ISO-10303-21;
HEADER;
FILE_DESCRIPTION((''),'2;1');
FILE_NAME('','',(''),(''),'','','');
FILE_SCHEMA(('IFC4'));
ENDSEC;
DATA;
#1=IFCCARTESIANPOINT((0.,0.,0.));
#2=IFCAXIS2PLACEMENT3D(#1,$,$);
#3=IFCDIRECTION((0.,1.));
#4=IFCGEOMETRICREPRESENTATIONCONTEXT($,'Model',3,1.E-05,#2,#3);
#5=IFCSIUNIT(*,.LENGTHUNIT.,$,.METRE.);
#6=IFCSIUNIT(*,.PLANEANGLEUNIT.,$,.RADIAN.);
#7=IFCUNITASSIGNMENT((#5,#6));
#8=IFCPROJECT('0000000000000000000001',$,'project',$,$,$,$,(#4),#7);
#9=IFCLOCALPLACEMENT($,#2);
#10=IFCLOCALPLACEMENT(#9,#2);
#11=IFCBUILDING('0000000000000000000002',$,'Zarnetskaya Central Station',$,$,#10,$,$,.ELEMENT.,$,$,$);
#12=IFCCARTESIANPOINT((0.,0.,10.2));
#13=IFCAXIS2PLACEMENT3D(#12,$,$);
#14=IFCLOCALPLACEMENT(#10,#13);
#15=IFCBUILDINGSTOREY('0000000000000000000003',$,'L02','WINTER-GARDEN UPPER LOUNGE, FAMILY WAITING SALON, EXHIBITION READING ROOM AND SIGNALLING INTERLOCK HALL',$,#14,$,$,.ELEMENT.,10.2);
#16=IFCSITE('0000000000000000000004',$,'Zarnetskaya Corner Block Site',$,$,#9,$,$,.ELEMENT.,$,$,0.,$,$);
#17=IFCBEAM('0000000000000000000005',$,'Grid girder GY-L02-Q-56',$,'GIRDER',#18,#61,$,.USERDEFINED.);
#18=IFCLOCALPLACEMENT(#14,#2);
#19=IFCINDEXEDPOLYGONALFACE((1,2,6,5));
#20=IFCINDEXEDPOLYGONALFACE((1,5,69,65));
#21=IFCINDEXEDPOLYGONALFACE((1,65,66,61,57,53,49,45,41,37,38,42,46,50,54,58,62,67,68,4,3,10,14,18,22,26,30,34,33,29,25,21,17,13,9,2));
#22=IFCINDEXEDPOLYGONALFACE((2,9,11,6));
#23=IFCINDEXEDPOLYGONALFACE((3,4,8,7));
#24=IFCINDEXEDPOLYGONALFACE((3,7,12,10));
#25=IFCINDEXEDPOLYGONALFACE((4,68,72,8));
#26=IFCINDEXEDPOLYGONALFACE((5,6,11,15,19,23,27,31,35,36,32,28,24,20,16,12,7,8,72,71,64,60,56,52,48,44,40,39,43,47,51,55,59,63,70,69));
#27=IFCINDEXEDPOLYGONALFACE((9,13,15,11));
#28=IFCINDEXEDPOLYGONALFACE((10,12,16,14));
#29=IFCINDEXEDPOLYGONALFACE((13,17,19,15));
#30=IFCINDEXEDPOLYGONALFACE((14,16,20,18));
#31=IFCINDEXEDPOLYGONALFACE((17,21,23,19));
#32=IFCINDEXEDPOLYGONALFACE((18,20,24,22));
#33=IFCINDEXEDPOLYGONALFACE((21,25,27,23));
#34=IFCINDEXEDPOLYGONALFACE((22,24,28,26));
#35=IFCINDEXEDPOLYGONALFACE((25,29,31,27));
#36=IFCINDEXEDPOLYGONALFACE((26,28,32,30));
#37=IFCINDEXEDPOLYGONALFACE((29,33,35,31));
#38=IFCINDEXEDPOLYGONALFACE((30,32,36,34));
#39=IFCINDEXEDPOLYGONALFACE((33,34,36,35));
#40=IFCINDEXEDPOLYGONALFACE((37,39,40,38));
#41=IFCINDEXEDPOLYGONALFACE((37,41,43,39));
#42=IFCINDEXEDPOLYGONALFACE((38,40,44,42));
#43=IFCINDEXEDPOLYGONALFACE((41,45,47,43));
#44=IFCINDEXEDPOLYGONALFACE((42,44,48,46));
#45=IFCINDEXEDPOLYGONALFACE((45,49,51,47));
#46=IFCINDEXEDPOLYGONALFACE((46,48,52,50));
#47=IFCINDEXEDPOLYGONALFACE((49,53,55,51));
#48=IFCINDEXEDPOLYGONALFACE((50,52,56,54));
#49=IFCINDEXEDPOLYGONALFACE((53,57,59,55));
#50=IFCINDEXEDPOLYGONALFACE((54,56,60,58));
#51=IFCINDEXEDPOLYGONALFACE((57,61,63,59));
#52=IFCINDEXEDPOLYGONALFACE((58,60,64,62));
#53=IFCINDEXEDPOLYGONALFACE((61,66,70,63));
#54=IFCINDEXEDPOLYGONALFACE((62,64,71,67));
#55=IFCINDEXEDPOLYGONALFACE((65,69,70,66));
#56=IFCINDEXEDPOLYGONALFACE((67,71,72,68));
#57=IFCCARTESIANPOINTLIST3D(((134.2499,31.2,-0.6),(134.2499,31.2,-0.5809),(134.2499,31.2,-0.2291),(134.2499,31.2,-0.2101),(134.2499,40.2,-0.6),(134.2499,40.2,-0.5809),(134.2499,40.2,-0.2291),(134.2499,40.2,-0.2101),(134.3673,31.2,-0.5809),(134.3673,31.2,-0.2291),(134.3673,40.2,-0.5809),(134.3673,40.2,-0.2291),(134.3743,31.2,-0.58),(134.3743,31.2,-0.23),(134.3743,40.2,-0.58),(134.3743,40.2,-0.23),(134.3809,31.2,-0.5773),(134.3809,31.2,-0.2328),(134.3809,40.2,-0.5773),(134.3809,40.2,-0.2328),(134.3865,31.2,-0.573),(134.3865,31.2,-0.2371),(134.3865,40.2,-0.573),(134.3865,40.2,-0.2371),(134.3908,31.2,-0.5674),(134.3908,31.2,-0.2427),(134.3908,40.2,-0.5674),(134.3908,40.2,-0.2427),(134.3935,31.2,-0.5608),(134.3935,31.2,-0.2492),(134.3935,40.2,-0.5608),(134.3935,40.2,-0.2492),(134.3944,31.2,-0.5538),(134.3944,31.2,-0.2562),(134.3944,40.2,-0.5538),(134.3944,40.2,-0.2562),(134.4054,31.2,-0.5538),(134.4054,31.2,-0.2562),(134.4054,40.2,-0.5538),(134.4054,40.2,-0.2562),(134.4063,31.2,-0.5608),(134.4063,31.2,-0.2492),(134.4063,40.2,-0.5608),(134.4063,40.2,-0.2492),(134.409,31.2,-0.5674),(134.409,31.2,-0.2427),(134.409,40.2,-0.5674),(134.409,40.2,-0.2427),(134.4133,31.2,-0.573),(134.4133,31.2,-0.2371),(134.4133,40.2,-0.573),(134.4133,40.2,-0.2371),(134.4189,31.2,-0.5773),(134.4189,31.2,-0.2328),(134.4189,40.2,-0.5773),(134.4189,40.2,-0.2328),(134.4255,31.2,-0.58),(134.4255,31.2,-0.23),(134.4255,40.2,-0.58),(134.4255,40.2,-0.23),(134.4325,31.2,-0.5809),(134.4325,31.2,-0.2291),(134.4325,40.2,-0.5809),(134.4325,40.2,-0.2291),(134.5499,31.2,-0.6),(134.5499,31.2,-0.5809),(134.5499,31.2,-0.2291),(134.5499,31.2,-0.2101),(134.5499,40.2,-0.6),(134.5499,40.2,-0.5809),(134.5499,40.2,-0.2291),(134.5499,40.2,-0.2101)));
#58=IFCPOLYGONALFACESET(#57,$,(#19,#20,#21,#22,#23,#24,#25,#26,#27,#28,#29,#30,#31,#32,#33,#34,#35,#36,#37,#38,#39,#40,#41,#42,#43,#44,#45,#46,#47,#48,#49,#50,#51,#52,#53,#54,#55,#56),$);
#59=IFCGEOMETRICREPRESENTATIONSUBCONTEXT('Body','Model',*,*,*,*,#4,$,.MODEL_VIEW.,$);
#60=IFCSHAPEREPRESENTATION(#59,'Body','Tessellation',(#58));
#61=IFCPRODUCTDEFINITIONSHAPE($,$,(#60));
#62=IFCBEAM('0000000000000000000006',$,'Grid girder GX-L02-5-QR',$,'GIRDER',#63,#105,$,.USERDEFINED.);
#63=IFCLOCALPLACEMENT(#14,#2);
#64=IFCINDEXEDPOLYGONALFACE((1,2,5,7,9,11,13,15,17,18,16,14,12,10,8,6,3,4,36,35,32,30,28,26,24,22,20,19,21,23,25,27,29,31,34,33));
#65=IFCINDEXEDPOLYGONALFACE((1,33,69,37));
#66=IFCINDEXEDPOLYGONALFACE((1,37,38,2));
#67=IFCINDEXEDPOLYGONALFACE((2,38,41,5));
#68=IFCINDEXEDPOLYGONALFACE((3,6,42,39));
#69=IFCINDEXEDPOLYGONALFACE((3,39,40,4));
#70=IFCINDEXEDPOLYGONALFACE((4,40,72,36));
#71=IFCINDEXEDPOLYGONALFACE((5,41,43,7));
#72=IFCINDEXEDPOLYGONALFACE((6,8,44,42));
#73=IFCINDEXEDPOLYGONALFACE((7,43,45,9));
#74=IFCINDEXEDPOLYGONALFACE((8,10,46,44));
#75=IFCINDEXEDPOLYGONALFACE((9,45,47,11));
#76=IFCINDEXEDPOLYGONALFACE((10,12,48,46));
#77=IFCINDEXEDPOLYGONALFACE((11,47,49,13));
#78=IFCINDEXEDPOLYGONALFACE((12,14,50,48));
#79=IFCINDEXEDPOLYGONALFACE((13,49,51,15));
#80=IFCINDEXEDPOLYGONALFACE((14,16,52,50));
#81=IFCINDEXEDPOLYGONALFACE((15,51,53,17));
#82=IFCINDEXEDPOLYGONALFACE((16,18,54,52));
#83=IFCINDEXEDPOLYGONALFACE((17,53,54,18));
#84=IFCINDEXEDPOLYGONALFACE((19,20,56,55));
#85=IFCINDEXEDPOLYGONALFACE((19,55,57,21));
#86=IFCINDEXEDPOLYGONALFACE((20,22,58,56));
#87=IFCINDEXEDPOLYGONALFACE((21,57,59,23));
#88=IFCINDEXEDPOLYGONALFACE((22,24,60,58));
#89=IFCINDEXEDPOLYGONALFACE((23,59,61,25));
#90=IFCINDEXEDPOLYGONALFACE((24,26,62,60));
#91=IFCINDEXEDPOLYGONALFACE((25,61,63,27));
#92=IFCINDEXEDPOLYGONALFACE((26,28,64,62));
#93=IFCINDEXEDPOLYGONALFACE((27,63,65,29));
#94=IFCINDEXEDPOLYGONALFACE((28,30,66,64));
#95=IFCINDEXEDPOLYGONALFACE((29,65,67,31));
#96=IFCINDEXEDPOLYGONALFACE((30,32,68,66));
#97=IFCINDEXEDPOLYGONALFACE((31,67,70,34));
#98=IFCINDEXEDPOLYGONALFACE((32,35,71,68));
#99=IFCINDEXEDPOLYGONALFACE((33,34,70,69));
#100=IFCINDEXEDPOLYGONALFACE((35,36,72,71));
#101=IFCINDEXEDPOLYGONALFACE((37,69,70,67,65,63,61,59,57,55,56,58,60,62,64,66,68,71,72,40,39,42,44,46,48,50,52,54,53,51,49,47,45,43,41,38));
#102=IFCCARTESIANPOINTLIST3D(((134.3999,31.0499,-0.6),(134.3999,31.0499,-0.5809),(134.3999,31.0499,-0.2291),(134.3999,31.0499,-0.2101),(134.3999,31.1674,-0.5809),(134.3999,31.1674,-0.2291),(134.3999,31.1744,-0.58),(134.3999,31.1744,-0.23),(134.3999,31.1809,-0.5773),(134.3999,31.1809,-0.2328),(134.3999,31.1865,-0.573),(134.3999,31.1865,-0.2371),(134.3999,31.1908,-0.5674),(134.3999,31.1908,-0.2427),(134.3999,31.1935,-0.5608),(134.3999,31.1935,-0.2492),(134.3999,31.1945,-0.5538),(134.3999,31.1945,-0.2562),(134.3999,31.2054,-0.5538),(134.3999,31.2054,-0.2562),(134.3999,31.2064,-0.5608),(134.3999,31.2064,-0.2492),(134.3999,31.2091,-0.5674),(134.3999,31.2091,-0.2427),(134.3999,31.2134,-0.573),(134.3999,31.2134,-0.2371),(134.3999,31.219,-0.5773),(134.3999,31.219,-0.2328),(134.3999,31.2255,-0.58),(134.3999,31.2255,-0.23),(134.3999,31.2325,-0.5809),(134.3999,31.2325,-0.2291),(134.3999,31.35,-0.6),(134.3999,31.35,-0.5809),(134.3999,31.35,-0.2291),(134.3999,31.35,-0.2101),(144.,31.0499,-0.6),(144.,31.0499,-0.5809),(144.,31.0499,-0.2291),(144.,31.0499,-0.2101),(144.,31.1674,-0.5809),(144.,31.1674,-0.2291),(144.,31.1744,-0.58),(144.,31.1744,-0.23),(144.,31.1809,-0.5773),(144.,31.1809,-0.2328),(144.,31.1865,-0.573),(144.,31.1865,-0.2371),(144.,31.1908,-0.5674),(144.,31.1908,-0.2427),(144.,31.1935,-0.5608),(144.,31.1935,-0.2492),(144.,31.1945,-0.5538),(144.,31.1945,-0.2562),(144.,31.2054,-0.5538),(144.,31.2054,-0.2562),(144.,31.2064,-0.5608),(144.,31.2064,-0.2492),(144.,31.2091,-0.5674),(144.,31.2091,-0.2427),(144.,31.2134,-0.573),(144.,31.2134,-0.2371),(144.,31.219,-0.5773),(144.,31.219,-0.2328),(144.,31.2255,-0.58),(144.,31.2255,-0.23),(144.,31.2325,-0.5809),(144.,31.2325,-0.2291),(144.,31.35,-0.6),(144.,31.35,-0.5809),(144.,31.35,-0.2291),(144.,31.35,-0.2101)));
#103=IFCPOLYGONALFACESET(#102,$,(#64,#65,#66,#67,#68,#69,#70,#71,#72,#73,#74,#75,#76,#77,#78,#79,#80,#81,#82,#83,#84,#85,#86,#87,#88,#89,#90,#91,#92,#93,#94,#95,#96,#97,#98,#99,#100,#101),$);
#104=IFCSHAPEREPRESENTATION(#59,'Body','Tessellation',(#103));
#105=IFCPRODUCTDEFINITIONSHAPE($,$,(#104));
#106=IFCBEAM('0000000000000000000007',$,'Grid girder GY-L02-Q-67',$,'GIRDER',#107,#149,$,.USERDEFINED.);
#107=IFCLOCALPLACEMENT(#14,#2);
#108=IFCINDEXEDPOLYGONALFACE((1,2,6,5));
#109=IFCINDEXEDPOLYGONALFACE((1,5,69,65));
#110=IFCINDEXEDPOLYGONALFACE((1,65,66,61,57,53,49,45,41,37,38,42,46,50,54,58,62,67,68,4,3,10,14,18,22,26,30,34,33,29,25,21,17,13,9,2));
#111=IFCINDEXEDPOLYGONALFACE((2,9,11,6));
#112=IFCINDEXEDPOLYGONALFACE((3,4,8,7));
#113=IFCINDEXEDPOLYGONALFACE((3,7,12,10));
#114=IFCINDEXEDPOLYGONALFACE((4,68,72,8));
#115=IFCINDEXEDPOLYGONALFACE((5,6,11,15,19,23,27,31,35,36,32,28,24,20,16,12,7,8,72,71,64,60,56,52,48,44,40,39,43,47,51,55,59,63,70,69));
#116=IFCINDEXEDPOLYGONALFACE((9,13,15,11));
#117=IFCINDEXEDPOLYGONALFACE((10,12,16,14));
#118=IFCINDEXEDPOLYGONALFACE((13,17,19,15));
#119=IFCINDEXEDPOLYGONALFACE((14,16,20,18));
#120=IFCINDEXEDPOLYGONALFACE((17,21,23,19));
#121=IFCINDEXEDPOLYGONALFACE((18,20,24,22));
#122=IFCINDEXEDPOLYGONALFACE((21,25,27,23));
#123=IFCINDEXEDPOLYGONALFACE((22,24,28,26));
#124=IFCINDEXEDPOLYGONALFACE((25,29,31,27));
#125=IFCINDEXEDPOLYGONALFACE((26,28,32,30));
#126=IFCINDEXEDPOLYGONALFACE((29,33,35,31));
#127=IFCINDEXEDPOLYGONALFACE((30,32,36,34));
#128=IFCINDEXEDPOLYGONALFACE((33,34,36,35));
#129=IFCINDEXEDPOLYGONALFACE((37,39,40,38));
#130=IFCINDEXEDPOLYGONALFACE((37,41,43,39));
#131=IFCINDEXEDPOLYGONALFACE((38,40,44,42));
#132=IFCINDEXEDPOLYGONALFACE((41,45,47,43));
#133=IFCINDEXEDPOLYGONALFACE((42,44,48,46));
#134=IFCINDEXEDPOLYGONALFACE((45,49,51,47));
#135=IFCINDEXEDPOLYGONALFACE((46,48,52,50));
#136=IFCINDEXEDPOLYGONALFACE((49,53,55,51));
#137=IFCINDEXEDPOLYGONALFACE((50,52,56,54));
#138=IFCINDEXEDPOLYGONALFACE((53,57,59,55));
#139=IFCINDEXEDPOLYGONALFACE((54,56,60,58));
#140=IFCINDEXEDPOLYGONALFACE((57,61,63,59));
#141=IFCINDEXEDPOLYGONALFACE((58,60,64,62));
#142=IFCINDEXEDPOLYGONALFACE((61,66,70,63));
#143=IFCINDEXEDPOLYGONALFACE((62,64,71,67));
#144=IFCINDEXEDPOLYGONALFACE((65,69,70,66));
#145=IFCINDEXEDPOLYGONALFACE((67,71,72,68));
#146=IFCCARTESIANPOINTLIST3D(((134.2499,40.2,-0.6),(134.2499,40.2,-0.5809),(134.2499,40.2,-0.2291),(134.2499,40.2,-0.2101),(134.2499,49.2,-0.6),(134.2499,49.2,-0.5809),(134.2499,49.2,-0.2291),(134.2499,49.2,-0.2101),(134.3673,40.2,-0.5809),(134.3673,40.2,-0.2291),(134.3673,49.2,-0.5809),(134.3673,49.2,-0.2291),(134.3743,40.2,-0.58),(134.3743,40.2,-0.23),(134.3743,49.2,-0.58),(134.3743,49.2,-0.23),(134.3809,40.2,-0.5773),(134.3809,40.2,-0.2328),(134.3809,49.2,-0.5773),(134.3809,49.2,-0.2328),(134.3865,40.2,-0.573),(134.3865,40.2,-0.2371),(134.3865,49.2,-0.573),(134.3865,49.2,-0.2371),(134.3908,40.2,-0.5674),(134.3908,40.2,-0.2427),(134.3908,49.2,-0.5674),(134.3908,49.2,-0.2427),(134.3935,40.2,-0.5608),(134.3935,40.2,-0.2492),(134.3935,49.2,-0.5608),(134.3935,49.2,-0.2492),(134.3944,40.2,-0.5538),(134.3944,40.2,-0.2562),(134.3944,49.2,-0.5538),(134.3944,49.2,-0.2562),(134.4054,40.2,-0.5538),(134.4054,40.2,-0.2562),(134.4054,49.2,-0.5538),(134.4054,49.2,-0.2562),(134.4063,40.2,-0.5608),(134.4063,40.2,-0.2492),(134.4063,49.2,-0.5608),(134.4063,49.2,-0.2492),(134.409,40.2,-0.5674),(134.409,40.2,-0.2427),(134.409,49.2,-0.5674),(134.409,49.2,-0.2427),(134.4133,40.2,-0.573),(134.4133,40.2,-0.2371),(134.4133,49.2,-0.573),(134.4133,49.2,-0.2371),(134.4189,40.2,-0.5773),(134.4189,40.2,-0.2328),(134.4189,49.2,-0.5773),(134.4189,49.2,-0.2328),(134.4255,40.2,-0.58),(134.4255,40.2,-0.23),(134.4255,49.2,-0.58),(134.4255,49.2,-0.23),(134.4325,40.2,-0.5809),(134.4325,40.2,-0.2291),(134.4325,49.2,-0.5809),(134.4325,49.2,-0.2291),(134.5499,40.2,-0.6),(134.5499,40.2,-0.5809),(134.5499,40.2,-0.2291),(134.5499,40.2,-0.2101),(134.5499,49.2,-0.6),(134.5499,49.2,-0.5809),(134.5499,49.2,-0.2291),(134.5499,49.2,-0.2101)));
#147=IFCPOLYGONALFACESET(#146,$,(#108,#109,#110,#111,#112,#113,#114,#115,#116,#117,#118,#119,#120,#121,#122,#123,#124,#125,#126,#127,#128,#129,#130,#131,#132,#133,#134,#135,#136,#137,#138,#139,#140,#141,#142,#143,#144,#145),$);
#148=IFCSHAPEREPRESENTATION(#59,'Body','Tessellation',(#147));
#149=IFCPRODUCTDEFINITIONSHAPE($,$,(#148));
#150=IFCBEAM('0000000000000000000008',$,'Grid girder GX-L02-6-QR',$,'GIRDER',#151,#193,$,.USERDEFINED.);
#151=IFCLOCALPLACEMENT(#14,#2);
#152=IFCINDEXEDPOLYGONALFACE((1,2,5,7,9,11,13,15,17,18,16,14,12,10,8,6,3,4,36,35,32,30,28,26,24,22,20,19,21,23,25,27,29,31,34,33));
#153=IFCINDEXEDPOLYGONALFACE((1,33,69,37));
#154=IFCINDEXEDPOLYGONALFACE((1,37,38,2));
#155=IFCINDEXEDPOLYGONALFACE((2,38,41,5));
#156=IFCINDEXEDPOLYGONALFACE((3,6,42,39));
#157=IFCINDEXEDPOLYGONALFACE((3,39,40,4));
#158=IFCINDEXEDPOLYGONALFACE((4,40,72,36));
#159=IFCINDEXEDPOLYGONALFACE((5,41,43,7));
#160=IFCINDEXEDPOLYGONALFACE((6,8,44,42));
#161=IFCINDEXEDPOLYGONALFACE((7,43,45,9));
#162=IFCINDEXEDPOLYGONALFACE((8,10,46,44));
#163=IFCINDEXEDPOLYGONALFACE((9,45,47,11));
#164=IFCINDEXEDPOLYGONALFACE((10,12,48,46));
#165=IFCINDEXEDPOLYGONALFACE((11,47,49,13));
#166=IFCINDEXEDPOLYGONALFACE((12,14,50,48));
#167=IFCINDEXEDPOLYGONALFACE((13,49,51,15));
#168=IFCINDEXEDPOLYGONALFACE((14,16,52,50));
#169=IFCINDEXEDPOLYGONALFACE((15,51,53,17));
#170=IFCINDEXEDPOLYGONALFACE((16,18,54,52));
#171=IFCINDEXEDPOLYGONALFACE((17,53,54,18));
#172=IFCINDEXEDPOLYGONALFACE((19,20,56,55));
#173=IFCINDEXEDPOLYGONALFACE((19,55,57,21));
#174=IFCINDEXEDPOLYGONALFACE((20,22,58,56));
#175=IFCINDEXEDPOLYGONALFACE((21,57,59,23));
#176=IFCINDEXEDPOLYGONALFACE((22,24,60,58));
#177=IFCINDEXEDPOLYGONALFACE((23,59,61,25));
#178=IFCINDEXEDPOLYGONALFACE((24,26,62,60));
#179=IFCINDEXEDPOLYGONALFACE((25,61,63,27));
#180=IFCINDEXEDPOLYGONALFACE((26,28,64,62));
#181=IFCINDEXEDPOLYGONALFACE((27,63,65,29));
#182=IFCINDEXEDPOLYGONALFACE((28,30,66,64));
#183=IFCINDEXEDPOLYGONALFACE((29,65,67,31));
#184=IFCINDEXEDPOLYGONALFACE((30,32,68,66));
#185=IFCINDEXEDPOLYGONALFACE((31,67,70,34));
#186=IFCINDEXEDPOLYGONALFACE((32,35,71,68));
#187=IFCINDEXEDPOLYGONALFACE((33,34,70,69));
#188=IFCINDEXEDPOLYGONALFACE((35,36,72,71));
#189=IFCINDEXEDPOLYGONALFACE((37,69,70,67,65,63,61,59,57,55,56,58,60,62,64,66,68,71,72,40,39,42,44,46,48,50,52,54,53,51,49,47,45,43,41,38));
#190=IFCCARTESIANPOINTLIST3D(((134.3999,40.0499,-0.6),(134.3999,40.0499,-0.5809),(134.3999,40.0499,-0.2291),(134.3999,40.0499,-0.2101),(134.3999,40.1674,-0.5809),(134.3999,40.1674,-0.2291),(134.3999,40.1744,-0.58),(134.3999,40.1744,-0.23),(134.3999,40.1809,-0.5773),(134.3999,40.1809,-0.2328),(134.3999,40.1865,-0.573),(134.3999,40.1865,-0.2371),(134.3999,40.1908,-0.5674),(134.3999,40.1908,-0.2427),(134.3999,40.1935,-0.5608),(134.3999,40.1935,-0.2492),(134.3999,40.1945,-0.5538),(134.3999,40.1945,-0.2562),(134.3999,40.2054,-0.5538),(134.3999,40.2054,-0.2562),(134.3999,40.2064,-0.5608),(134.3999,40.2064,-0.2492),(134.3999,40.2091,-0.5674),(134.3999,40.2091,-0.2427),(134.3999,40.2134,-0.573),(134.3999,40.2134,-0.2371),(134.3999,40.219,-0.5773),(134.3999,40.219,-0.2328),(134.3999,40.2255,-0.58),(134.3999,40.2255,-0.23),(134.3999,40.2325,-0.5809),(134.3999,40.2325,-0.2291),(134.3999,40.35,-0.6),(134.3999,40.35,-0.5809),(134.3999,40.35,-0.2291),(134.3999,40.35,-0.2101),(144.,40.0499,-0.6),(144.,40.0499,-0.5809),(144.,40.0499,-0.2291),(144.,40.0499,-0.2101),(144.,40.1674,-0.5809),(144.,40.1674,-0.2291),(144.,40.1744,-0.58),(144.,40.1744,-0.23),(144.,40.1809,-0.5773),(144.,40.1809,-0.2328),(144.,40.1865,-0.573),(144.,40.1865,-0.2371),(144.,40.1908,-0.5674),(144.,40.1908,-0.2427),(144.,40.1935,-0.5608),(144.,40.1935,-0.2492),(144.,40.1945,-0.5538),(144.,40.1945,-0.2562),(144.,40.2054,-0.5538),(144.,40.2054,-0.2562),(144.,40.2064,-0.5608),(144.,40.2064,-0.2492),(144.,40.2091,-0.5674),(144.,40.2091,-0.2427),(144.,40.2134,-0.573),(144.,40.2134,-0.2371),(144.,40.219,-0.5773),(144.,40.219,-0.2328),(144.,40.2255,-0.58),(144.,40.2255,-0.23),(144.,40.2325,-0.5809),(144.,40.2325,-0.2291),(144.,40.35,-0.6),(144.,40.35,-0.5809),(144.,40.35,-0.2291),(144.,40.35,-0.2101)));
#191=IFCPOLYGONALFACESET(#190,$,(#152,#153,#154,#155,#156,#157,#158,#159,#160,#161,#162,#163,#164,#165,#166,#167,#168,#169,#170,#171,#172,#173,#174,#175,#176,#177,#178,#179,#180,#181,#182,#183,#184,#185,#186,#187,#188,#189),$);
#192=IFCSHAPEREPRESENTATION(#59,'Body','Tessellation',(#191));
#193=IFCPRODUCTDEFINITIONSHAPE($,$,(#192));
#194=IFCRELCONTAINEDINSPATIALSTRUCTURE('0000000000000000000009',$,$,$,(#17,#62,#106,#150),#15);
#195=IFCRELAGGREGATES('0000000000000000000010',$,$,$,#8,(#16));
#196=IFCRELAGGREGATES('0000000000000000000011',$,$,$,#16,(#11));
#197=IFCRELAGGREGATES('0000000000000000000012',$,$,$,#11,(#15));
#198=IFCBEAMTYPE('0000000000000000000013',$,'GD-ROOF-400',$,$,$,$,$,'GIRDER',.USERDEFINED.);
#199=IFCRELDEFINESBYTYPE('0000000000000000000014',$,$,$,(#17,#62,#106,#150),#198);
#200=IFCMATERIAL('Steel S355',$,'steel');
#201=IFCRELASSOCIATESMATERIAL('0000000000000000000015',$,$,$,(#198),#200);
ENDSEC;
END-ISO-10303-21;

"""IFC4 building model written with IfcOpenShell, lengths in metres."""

from ifc_helpers import new_model, si_unit, direction, frame, origin, origin_2d, place, context, subcontext, project, spatial, i_section, extrude, material, material_profile, profile_set, type_object, element, save


model = new_model("IFC4")

# Units and contexts
model_context = context("Model", 3, precision=1e-05, world=origin(), true_north=direction((0.0, 1.0)))
body_context = subcontext(model_context, "Body", "Model", "MODEL_VIEW")
ifc_project = project(units=[si_unit("LENGTHUNIT", "METRE"), si_unit("PLANEANGLEUNIT", "RADIAN")], contexts=[model_context])

# Site, building, storey
site_placement = place(None, origin())
site = spatial("IfcSite", under=ifc_project, at=site_placement, Name="Zarnetskaya Corner Block Site", CompositionType="ELEMENT", RefElevation=0.0)
building_placement = place(site_placement, origin())
building = spatial("IfcBuilding", under=site, at=building_placement, Name="Zarnetskaya Central Station", CompositionType="ELEMENT")
storey_placement = place(building_placement, frame((0.0, 0.0, 10.2)))
storey = spatial("IfcBuildingStorey", under=building, at=storey_placement, Name="L02", Description="WINTER-GARDEN UPPER LOUNGE, FAMILY WAITING SALON, EXHIBITION READING ROOM AND SIGNALLING INTERLOCK HALL", CompositionType="ELEMENT", Elevation=10.2)

# Shared definitions
ifc_material_1 = material(Name="Steel S355", Category="steel")

# Beams
ifc_material_profile_1 = material_profile(ifc_material_1, i_section(OverallWidth=0.3, OverallDepth=0.3899, WebThickness=0.011, FlangeThickness=0.019, FilletRadius=0.0271, at=origin_2d()), Name="HEA 400")
ifc_profile_set_1 = profile_set([ifc_material_profile_1], Name="Steel S355")
beam_type_1 = type_object("IfcBeamType", Name="GD-ROOF-400", ElementType="GIRDER", PredefinedType="USERDEFINED", material=ifc_profile_set_1)
beam_1_placement = place(storey_placement, frame((134.3999, 31.2, -0.405), z_axis=(0.0, 1.0, 0.0), x_axis=(-1.0, 0.0, 0.0)))
element("IfcBeam", 1, at=beam_1_placement, inside=storey, type_object=beam_type_1, Name="Grid girder GY-L02-Q-56", ObjectType="GIRDER", PredefinedType="USERDEFINED", context=body_context, shape_type="SweptSolid", body=[
    extrude(i_section(OverallWidth=0.3, OverallDepth=0.3899, WebThickness=0.011, FlangeThickness=0.019, FilletRadius=0.0271, at=origin_2d()), origin(), (0.0, 0.0, 1.0), 9.0),
])
beam_2_placement = place(storey_placement, frame((134.3999, 31.2, -0.405), z_axis=(1.0, 0.0, 0.0), x_axis=(0.0, 1.0, 0.0)))
element("IfcBeam", 2, at=beam_2_placement, inside=storey, type_object=beam_type_1, Name="Grid girder GX-L02-5-QR", ObjectType="GIRDER", PredefinedType="USERDEFINED", context=body_context, shape_type="SweptSolid", body=[
    extrude(i_section(OverallWidth=0.3, OverallDepth=0.3899, WebThickness=0.011, FlangeThickness=0.019, FilletRadius=0.0271, at=origin_2d()), origin(), (0.0, 0.0, 1.0), 9.6001),
])
beam_3_placement = place(storey_placement, frame((134.3999, 40.2, -0.405), z_axis=(0.0, 1.0, 0.0), x_axis=(-1.0, 0.0, 0.0)))
element("IfcBeam", 3, at=beam_3_placement, inside=storey, type_object=beam_type_1, Name="Grid girder GY-L02-Q-67", ObjectType="GIRDER", PredefinedType="USERDEFINED", context=body_context, shape_type="SweptSolid", body=[
    extrude(i_section(OverallWidth=0.3, OverallDepth=0.3899, WebThickness=0.011, FlangeThickness=0.019, FilletRadius=0.0271, at=origin_2d()), origin(), (0.0, 0.0, 1.0), 9.0),
])
beam_4_placement = place(storey_placement, frame((134.3999, 40.2, -0.405), z_axis=(1.0, 0.0, 0.0), x_axis=(0.0, 1.0, 0.0)))
element("IfcBeam", 4, at=beam_4_placement, inside=storey, type_object=beam_type_1, Name="Grid girder GX-L02-6-QR", ObjectType="GIRDER", PredefinedType="USERDEFINED", context=body_context, shape_type="SweptSolid", body=[
    extrude(i_section(OverallWidth=0.3, OverallDepth=0.3899, WebThickness=0.011, FlangeThickness=0.019, FilletRadius=0.0271, at=origin_2d()), origin(), (0.0, 0.0, 1.0), 9.6001),
])

save(model, "model.ifc")
